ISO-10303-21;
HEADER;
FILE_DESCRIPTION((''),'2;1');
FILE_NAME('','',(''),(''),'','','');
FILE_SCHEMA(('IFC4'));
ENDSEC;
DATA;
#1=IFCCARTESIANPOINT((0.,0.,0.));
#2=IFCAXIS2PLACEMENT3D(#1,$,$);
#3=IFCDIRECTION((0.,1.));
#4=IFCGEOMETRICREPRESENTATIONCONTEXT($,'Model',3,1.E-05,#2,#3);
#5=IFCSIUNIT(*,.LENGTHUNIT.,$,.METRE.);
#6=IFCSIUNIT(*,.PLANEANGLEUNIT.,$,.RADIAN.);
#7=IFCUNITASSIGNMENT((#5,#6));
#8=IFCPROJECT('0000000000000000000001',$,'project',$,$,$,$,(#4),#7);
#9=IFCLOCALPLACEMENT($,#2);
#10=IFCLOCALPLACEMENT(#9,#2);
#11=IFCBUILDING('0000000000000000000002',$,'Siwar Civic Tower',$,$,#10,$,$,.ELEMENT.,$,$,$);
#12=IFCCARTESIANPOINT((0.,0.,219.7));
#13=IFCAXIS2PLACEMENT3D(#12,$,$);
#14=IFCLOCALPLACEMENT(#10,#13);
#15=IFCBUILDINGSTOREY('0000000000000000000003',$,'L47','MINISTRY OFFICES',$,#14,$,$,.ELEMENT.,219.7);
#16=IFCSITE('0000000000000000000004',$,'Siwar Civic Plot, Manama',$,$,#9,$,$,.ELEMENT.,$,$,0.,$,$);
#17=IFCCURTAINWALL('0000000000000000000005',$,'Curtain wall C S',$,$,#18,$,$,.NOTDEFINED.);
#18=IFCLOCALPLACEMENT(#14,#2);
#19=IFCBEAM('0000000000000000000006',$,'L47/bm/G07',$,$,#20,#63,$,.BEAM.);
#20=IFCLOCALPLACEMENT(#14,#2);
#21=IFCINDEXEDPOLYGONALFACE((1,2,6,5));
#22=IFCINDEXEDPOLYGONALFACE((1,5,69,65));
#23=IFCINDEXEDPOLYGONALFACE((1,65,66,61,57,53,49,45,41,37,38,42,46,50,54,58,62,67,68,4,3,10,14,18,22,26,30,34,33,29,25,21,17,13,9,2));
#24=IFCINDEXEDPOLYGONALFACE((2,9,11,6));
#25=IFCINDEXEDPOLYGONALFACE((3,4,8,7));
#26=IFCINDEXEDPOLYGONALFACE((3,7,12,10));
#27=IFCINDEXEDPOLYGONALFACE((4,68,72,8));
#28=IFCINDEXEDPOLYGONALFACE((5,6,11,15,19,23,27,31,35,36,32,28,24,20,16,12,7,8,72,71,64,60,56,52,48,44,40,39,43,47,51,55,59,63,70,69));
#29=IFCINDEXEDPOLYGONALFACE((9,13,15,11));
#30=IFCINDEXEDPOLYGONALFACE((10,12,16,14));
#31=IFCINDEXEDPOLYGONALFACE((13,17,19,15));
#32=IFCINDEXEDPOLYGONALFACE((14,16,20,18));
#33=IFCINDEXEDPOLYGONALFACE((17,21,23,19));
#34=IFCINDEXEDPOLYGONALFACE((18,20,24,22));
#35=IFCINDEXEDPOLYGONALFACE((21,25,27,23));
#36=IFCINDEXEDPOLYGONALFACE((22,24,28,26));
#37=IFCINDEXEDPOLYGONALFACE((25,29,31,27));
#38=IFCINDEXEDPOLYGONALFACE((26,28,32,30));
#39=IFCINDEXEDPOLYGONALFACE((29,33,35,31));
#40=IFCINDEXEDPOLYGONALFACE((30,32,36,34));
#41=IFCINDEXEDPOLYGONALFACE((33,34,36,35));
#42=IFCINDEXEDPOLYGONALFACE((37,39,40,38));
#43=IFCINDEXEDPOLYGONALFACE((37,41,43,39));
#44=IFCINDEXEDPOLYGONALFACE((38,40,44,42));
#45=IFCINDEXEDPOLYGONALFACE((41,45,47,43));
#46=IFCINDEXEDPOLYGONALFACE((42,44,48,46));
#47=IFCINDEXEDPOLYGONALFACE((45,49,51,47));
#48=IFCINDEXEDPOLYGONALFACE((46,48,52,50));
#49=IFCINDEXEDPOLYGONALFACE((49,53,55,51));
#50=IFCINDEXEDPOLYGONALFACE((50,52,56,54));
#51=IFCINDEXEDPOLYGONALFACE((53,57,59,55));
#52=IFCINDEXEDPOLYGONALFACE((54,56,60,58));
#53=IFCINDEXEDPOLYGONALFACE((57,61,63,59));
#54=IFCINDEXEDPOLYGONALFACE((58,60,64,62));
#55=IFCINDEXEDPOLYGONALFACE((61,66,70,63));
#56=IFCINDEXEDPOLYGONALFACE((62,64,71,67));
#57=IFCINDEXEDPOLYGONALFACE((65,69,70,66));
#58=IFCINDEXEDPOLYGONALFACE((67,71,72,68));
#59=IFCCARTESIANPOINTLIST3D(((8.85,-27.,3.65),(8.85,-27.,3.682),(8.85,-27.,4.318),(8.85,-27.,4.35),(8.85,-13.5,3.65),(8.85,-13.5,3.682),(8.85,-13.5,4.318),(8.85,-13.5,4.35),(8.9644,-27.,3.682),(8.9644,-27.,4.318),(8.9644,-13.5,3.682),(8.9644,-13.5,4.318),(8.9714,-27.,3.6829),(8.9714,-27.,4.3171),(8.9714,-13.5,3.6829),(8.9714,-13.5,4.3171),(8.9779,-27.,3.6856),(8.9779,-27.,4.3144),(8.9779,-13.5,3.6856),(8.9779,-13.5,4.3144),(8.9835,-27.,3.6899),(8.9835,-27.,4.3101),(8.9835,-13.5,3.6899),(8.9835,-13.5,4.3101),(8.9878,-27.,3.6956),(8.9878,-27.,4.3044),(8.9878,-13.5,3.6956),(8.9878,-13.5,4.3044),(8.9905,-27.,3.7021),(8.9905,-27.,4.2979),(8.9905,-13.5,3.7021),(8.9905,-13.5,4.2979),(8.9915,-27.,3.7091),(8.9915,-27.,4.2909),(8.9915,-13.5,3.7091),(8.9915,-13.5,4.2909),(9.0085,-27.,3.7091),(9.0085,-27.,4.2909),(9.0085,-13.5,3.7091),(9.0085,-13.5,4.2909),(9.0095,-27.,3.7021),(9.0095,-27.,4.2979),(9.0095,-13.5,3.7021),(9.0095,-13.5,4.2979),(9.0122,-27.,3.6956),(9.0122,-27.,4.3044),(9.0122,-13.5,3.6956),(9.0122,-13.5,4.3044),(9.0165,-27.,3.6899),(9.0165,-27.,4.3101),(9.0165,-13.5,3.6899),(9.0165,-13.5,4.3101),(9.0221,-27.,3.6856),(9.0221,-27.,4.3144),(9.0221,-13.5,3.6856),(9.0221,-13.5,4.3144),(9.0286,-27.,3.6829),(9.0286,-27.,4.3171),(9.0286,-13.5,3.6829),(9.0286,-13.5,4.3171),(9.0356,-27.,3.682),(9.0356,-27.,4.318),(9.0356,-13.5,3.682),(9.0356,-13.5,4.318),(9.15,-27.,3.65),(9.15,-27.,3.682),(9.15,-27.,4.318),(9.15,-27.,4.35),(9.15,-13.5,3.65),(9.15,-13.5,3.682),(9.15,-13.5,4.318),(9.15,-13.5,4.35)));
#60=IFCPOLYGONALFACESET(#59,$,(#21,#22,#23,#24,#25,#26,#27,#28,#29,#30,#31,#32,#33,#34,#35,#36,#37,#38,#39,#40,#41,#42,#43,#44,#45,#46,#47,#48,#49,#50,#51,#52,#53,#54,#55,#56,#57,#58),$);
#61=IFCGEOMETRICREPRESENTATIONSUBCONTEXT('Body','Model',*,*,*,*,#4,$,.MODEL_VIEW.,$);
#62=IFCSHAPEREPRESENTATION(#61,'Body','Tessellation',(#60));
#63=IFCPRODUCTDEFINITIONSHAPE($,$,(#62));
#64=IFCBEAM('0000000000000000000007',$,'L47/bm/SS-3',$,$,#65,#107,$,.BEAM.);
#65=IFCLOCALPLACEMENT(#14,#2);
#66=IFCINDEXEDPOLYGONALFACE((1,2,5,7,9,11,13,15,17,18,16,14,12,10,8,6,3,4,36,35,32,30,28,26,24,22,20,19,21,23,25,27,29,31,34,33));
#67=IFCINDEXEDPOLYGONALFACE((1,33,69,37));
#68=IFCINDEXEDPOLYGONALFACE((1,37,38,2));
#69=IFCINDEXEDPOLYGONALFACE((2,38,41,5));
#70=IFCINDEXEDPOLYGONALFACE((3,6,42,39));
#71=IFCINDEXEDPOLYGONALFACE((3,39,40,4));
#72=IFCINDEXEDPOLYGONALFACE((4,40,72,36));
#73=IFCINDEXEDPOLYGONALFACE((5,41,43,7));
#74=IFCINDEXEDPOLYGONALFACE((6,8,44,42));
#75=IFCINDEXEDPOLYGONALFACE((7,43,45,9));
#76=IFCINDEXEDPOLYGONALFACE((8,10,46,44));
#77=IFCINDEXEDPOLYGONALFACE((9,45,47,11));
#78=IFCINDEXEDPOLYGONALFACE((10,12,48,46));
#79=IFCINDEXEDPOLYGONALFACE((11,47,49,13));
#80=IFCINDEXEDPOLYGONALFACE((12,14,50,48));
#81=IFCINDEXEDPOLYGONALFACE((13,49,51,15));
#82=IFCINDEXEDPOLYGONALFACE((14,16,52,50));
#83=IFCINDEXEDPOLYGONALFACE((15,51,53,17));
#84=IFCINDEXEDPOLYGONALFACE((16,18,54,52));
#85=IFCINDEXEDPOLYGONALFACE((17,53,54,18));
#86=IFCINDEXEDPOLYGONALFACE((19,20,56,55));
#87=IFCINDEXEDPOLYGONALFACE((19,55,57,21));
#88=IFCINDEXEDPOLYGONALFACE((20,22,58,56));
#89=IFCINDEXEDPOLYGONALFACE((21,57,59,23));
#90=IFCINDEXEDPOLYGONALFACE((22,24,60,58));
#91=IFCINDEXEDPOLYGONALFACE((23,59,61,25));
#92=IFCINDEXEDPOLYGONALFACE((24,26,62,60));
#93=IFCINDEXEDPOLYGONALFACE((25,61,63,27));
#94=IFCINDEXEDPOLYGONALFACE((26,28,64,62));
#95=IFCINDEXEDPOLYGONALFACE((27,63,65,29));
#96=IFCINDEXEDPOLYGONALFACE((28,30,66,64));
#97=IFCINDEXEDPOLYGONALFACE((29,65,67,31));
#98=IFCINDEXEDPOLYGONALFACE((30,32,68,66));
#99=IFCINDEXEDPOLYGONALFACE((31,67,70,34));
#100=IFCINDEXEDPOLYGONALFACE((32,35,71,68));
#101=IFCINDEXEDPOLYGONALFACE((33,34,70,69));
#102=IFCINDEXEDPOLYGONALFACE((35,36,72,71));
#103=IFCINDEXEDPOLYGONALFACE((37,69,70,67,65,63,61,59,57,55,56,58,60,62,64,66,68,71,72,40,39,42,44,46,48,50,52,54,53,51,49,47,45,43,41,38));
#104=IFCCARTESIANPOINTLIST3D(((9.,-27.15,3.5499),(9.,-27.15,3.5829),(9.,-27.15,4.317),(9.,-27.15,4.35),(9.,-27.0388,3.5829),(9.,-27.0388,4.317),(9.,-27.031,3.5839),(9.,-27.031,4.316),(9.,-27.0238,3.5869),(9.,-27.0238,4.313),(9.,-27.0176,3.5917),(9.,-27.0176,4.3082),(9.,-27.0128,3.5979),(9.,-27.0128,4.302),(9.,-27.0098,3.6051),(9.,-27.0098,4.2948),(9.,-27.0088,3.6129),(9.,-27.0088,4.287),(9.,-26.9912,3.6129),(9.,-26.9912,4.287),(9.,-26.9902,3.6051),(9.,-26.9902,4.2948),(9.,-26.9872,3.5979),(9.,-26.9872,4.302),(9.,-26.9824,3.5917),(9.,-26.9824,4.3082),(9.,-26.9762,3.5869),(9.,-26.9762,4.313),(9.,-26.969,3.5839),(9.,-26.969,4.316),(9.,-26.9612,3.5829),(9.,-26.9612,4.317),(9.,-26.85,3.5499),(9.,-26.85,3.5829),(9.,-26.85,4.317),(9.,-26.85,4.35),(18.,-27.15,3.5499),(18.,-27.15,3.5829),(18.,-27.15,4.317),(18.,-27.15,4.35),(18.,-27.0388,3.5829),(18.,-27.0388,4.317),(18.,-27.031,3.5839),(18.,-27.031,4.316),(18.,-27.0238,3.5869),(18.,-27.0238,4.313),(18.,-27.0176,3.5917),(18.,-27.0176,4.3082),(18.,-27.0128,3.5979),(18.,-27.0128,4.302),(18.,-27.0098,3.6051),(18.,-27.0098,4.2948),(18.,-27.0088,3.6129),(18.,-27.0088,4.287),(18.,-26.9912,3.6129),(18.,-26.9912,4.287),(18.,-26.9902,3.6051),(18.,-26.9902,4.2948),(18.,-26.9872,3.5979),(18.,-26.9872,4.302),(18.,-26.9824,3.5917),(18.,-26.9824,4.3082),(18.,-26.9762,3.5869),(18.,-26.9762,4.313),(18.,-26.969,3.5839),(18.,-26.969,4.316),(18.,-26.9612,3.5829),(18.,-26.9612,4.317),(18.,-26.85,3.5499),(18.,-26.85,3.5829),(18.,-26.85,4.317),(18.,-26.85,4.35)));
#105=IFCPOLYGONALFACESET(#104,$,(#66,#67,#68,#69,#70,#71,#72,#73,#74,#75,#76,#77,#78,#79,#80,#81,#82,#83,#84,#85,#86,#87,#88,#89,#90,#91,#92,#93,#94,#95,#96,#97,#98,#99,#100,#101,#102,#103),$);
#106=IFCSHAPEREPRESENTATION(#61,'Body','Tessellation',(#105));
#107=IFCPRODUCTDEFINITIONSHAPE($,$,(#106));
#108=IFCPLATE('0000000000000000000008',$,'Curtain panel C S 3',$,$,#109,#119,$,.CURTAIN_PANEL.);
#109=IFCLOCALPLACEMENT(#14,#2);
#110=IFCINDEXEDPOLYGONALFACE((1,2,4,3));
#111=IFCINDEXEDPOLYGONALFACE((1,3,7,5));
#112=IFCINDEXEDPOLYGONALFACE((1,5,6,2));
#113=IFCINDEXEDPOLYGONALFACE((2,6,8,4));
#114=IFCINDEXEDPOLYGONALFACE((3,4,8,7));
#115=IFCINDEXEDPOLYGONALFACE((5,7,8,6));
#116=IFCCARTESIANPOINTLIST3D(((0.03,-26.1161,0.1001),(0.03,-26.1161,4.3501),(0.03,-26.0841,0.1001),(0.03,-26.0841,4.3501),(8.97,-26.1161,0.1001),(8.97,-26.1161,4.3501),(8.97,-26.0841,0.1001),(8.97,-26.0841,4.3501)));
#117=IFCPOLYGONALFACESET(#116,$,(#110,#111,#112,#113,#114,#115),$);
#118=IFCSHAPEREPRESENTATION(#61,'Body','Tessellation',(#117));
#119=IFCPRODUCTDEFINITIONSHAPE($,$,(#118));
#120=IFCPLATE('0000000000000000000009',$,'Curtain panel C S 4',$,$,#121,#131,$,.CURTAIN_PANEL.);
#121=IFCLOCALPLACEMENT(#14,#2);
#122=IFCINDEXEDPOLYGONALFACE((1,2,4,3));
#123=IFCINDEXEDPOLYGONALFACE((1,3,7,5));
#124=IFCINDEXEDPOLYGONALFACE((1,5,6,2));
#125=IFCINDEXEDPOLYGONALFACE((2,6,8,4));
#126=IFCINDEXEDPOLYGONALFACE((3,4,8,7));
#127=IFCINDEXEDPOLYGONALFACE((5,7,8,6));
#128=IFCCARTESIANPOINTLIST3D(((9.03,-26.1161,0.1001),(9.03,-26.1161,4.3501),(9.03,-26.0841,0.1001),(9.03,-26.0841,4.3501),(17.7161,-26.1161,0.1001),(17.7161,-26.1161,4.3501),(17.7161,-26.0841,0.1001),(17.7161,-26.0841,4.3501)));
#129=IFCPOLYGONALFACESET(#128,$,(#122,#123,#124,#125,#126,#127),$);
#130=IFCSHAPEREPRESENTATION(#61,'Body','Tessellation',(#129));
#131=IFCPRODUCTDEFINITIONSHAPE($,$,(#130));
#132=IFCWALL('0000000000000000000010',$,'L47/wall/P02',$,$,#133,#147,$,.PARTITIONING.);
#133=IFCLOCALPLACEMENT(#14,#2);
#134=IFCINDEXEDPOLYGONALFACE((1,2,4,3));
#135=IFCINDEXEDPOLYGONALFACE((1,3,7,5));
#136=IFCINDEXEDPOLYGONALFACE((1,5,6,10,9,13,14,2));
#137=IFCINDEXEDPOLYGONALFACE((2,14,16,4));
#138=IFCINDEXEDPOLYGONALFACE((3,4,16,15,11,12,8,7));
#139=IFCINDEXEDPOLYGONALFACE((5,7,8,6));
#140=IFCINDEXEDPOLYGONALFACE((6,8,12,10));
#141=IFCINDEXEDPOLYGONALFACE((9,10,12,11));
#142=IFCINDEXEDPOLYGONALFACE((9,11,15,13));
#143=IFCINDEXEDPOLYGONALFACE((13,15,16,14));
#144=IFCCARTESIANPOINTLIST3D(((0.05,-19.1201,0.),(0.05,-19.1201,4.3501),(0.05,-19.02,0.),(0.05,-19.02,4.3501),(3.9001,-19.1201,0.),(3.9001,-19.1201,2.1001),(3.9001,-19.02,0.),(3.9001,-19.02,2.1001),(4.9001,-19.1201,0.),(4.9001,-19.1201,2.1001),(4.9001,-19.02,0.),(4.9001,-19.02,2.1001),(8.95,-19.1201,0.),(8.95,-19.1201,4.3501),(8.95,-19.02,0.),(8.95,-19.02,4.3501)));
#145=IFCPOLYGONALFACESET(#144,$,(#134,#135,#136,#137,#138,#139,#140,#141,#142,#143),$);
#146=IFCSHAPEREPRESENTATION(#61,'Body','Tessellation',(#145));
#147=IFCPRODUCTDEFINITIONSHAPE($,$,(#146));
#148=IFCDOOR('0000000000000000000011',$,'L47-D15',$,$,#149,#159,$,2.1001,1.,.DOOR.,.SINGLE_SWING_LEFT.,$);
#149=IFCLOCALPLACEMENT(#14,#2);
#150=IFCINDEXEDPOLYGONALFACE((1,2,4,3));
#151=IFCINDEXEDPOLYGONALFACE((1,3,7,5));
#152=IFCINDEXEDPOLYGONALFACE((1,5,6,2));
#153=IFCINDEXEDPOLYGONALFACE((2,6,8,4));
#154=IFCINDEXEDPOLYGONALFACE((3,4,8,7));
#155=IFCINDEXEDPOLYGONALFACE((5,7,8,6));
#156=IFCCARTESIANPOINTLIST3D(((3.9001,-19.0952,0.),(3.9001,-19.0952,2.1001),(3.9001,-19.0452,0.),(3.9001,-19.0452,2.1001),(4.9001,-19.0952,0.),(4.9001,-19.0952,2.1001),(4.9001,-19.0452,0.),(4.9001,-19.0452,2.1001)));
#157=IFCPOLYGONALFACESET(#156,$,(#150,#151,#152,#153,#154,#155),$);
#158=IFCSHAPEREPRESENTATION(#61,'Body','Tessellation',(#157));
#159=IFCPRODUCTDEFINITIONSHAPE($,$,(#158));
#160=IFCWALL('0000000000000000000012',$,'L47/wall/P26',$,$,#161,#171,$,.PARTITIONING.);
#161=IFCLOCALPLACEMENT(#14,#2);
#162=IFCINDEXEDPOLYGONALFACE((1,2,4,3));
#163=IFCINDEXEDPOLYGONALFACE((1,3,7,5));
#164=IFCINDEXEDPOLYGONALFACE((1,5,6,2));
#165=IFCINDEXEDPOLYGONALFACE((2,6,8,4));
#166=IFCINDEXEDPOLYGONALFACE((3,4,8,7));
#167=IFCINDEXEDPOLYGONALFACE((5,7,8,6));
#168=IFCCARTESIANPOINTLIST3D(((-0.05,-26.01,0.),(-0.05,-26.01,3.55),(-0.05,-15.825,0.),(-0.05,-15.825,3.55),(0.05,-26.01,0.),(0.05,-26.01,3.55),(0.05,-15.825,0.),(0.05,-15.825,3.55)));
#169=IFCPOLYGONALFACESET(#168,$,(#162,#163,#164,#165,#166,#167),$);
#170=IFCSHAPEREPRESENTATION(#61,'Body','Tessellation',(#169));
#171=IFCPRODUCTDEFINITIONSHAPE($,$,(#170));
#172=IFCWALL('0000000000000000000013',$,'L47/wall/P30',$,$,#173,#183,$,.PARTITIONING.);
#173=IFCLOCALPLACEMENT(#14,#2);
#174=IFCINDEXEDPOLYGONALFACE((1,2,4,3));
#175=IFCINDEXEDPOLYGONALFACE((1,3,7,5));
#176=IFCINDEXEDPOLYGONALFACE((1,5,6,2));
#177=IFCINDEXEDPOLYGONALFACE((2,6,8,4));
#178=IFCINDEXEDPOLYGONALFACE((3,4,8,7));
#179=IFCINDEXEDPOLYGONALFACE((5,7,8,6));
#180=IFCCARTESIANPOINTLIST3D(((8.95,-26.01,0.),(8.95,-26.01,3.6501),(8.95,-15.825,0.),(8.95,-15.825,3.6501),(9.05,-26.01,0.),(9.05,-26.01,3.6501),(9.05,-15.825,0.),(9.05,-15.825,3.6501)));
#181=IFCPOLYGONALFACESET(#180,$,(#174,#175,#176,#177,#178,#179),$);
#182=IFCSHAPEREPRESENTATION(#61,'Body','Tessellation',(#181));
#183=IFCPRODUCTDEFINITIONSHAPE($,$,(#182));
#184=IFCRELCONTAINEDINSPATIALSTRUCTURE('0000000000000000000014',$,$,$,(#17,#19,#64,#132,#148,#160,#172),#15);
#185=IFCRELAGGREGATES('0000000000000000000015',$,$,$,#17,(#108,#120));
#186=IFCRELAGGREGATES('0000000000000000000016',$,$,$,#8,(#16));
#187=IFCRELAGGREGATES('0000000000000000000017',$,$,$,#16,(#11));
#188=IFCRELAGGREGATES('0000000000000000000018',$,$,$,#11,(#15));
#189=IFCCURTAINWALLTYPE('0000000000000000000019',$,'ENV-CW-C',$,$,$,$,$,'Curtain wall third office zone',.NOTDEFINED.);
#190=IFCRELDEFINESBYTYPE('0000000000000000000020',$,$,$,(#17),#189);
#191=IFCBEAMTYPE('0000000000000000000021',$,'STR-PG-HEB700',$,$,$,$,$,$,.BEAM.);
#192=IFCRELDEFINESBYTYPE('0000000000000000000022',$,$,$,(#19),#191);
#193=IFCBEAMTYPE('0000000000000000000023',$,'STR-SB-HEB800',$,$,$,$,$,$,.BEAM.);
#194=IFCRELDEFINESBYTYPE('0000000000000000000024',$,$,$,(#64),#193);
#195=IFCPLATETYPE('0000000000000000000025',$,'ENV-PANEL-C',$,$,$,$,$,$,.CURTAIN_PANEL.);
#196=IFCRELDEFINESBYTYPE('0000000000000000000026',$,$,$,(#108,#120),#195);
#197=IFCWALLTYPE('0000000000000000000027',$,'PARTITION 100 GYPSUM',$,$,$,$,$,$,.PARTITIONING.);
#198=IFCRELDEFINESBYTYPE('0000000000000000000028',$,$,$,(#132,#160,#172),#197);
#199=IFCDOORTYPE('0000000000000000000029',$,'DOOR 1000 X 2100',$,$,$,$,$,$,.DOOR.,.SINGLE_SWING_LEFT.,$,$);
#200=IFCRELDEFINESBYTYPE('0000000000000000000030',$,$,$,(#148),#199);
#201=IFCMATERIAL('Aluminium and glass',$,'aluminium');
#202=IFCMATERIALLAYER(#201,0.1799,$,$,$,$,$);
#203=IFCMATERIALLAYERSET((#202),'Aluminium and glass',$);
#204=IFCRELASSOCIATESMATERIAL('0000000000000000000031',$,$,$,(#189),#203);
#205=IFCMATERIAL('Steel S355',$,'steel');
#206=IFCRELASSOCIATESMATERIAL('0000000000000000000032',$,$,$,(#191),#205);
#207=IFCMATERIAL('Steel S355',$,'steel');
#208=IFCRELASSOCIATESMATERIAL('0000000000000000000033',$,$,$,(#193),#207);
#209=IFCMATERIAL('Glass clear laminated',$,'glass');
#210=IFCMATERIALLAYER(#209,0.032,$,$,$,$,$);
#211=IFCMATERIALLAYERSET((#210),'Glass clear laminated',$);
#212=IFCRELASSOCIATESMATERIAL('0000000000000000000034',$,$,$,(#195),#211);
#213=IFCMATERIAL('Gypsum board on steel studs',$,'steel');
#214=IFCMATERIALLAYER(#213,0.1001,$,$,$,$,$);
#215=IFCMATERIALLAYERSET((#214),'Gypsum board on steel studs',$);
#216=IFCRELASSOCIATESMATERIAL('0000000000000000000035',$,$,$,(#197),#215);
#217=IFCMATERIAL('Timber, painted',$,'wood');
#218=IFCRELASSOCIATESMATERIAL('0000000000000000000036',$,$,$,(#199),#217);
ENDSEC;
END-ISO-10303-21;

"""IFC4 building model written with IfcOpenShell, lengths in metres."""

from ifc_helpers import new_model, si_unit, direction, frame, frame_2d, origin, origin_2d, place, context, subcontext, project, spatial, rectangle, i_section, extrude, material, layer, layer_set, material_profile, profile_set, type_object, element, fill, aggregate, save


model = new_model("IFC4")

# Units and contexts
model_context = context("Model", 3, precision=1e-05, world=origin(), true_north=direction((0.0, 1.0)))
body_context = subcontext(model_context, "Body", "Model", "MODEL_VIEW")
ifc_project = project(units=[si_unit("LENGTHUNIT", "METRE"), si_unit("PLANEANGLEUNIT", "RADIAN")], contexts=[model_context])

# Site, building, storey
site_placement = place(None, origin())
site = spatial("IfcSite", under=ifc_project, at=site_placement, Name="Siwar Civic Plot, Manama", CompositionType="ELEMENT", RefElevation=0.0)
building_placement = place(site_placement, origin())
building = spatial("IfcBuilding", under=site, at=building_placement, Name="Siwar Civic Tower", CompositionType="ELEMENT")
storey_placement = place(building_placement, frame((0.0, 0.0, 219.7)))
storey = spatial("IfcBuildingStorey", under=building, at=storey_placement, Name="L47", Description="MINISTRY OFFICES", CompositionType="ELEMENT", Elevation=219.7)

# Curtain wall
ifc_material_1 = material(Name="Aluminium and glass", Category="aluminium")
ifc_layer_1 = layer(ifc_material_1, 0.1799)
ifc_layer_set_1 = layer_set([ifc_layer_1], Name="Aluminium and glass")
curtain_wall_type_1 = type_object("IfcCurtainWallType", Name="ENV-CW-C", ElementType="Curtain wall third office zone", PredefinedType="NOTDEFINED", material=ifc_layer_set_1)
curtain_wall_1_placement = place(storey_placement, origin())
curtain_wall_1 = element("IfcCurtainWall", 1, at=curtain_wall_1_placement, inside=storey, type_object=curtain_wall_type_1, Name="Curtain wall C S", PredefinedType="NOTDEFINED")

# Beams
ifc_material_2 = material(Name="Steel S355", Category="steel")
ifc_material_profile_1 = material_profile(ifc_material_2, i_section(OverallWidth=0.3, OverallDepth=0.7, WebThickness=0.0171, FlangeThickness=0.032, FilletRadius=0.0271, at=origin_2d()), Name="HEB700")
ifc_profile_set_1 = profile_set([ifc_material_profile_1], Name="Steel S355")
beam_type_1 = type_object("IfcBeamType", Name="STR-PG-HEB700", PredefinedType="BEAM", material=ifc_profile_set_1)
beam_1_placement = place(storey_placement, frame((9.0, -27.0, 4.0), z_axis=(0.0, 1.0, 0.0), x_axis=(-1.0, 0.0, 0.0)))
element("IfcBeam", 2, at=beam_1_placement, inside=storey, type_object=beam_type_1, Name="L47/bm/G07", PredefinedType="BEAM", context=body_context, shape_type="SweptSolid", body=[
    extrude(i_section(OverallWidth=0.3, OverallDepth=0.7, WebThickness=0.0171, FlangeThickness=0.032, FilletRadius=0.0271, at=origin_2d()), origin(), (0.0, 0.0, 1.0), 13.5),
])
ifc_material_3 = material(Name="Steel S355", Category="steel")
ifc_material_profile_2 = material_profile(ifc_material_3, i_section(OverallWidth=0.3, OverallDepth=0.8, WebThickness=0.0176, FlangeThickness=0.033, FilletRadius=0.03, at=origin_2d()), Name="HEB800")
ifc_profile_set_2 = profile_set([ifc_material_profile_2], Name="Steel S355")
beam_type_2 = type_object("IfcBeamType", Name="STR-SB-HEB800", PredefinedType="BEAM", material=ifc_profile_set_2)
beam_2_placement = place(storey_placement, frame((9.0, -27.0, 3.95), z_axis=(1.0, 0.0, 0.0), x_axis=(0.0, 1.0, 0.0)))
element("IfcBeam", 3, at=beam_2_placement, inside=storey, type_object=beam_type_2, Name="L47/bm/SS-3", PredefinedType="BEAM", context=body_context, shape_type="SweptSolid", body=[
    extrude(i_section(OverallWidth=0.3, OverallDepth=0.8, WebThickness=0.0176, FlangeThickness=0.033, FilletRadius=0.03, at=origin_2d()), origin(), (0.0, 0.0, 1.0), 9.0),
])

# Plates
ifc_material_4 = material(Name="Glass clear laminated", Category="glass")
ifc_layer_2 = layer(ifc_material_4, 0.032)
ifc_layer_set_2 = layer_set([ifc_layer_2], Name="Glass clear laminated")
plate_type = type_object("IfcPlateType", Name="ENV-PANEL-C", PredefinedType="CURTAIN_PANEL", material=ifc_layer_set_2)
plate_1_placement = place(storey_placement, frame((4.5, -26.1001, 0.1001), z_axis=(0.0, 0.0, 1.0), x_axis=(1.0, 0.0, 0.0)))
plate_1 = element("IfcPlate", 4, at=plate_1_placement, type_object=plate_type, Name="Curtain panel C S 3", PredefinedType="CURTAIN_PANEL", context=body_context, shape_type="SweptSolid", body=[
    extrude(rectangle(XDim=8.9399, YDim=0.032, at=origin_2d()), origin(), (0.0, 0.0, 1.0), 4.25),
])
plate_2_placement = place(storey_placement, frame((13.373, -26.1001, 0.1001), z_axis=(0.0, 0.0, 1.0), x_axis=(1.0, 0.0, 0.0)))
plate_2 = element("IfcPlate", 5, at=plate_2_placement, type_object=plate_type, Name="Curtain panel C S 4", PredefinedType="CURTAIN_PANEL", context=body_context, shape_type="SweptSolid", body=[
    extrude(rectangle(XDim=8.686, YDim=0.032, at=origin_2d()), origin(), (0.0, 0.0, 1.0), 4.25),
])
aggregate(curtain_wall_1, [plate_1, plate_2])

# Wall, opening, door
ifc_material_5 = material(Name="Gypsum board on steel studs", Category="steel")
ifc_layer_3 = layer(ifc_material_5, 0.1001)
ifc_layer_set_3 = layer_set([ifc_layer_3], Name="Gypsum board on steel studs")
wall_type = type_object("IfcWallType", Name="PARTITION 100 GYPSUM", PredefinedType="PARTITIONING", material=ifc_layer_set_3)
wall_1_placement = place(storey_placement, frame((0.05, -19.0701, 0.0), z_axis=(0.0, 0.0, 1.0), x_axis=(1.0, 0.0, 0.0)))
wall_1 = element("IfcWall", 6, at=wall_1_placement, inside=storey, type_object=wall_type, Name="L47/wall/P02", PredefinedType="PARTITIONING", context=body_context, shape_type="SweptSolid", body=[
    extrude(rectangle(XDim=8.8999, YDim=0.1001, at=frame_2d((4.45, 0.0))), origin(), (0.0, 0.0, 1.0), 4.3501),
])
opening_placement = place(wall_1_placement, frame((3.8501, 0.0, 0.0)))
opening = element("IfcOpeningElement", 7, at=opening_placement, cuts=wall_1, PredefinedType="OPENING", context=body_context, shape_type="SweptSolid", body=[
    extrude(rectangle(XDim=1.0, YDim=2.1001, at=frame_2d((0.5, 1.05))), frame((0.0, 0.0601, 0.0), z_axis=(0.0, -1.0, 0.0), x_axis=(1.0, 0.0, 0.0)), (0.0, 0.0, 1.0), 0.1201),
])
ifc_material_6 = material(Name="Timber, painted", Category="wood")
door_type = type_object("IfcDoorType", Name="DOOR 1000 X 2100", OperationType="SINGLE_SWING_LEFT", PredefinedType="DOOR", material=ifc_material_6)
door_placement = place(opening_placement, origin())
door = element("IfcDoor", 8, at=door_placement, inside=storey, type_object=door_type, Name="L47-D15", OperationType="SINGLE_SWING_LEFT", OverallHeight=2.1001, OverallWidth=1.0, PredefinedType="DOOR", context=body_context, shape_type="SweptSolid", body=[
    extrude(rectangle(XDim=1.0, YDim=2.1001, at=frame_2d((0.5, 1.05))), frame((0.0, 0.0249, 0.0), z_axis=(0.0, -1.0, 0.0), x_axis=(1.0, 0.0, 0.0)), (0.0, 0.0, 1.0), 0.05),
])
fill(opening, door)

# Walls
wall_2_placement = place(storey_placement, frame((0.0, -26.01, 0.0), z_axis=(0.0, 0.0, 1.0), x_axis=(0.0, 1.0, 0.0)))
element("IfcWall", 9, at=wall_2_placement, inside=storey, type_object=wall_type, Name="L47/wall/P26", PredefinedType="PARTITIONING", context=body_context, shape_type="SweptSolid", body=[
    extrude(rectangle(XDim=10.1851, YDim=0.1001, at=frame_2d((5.0925, 0.0))), origin(), (0.0, 0.0, 1.0), 3.55),
])
wall_3_placement = place(storey_placement, frame((9.0, -26.01, 0.0), z_axis=(0.0, 0.0, 1.0), x_axis=(0.0, 1.0, 0.0)))
element("IfcWall", 10, at=wall_3_placement, inside=storey, type_object=wall_type, Name="L47/wall/P30", PredefinedType="PARTITIONING", context=body_context, shape_type="SweptSolid", body=[
    extrude(rectangle(XDim=10.1851, YDim=0.1001, at=frame_2d((5.0925, 0.0))), origin(), (0.0, 0.0, 1.0), 3.6501),
])

save(model, "model.ifc")
